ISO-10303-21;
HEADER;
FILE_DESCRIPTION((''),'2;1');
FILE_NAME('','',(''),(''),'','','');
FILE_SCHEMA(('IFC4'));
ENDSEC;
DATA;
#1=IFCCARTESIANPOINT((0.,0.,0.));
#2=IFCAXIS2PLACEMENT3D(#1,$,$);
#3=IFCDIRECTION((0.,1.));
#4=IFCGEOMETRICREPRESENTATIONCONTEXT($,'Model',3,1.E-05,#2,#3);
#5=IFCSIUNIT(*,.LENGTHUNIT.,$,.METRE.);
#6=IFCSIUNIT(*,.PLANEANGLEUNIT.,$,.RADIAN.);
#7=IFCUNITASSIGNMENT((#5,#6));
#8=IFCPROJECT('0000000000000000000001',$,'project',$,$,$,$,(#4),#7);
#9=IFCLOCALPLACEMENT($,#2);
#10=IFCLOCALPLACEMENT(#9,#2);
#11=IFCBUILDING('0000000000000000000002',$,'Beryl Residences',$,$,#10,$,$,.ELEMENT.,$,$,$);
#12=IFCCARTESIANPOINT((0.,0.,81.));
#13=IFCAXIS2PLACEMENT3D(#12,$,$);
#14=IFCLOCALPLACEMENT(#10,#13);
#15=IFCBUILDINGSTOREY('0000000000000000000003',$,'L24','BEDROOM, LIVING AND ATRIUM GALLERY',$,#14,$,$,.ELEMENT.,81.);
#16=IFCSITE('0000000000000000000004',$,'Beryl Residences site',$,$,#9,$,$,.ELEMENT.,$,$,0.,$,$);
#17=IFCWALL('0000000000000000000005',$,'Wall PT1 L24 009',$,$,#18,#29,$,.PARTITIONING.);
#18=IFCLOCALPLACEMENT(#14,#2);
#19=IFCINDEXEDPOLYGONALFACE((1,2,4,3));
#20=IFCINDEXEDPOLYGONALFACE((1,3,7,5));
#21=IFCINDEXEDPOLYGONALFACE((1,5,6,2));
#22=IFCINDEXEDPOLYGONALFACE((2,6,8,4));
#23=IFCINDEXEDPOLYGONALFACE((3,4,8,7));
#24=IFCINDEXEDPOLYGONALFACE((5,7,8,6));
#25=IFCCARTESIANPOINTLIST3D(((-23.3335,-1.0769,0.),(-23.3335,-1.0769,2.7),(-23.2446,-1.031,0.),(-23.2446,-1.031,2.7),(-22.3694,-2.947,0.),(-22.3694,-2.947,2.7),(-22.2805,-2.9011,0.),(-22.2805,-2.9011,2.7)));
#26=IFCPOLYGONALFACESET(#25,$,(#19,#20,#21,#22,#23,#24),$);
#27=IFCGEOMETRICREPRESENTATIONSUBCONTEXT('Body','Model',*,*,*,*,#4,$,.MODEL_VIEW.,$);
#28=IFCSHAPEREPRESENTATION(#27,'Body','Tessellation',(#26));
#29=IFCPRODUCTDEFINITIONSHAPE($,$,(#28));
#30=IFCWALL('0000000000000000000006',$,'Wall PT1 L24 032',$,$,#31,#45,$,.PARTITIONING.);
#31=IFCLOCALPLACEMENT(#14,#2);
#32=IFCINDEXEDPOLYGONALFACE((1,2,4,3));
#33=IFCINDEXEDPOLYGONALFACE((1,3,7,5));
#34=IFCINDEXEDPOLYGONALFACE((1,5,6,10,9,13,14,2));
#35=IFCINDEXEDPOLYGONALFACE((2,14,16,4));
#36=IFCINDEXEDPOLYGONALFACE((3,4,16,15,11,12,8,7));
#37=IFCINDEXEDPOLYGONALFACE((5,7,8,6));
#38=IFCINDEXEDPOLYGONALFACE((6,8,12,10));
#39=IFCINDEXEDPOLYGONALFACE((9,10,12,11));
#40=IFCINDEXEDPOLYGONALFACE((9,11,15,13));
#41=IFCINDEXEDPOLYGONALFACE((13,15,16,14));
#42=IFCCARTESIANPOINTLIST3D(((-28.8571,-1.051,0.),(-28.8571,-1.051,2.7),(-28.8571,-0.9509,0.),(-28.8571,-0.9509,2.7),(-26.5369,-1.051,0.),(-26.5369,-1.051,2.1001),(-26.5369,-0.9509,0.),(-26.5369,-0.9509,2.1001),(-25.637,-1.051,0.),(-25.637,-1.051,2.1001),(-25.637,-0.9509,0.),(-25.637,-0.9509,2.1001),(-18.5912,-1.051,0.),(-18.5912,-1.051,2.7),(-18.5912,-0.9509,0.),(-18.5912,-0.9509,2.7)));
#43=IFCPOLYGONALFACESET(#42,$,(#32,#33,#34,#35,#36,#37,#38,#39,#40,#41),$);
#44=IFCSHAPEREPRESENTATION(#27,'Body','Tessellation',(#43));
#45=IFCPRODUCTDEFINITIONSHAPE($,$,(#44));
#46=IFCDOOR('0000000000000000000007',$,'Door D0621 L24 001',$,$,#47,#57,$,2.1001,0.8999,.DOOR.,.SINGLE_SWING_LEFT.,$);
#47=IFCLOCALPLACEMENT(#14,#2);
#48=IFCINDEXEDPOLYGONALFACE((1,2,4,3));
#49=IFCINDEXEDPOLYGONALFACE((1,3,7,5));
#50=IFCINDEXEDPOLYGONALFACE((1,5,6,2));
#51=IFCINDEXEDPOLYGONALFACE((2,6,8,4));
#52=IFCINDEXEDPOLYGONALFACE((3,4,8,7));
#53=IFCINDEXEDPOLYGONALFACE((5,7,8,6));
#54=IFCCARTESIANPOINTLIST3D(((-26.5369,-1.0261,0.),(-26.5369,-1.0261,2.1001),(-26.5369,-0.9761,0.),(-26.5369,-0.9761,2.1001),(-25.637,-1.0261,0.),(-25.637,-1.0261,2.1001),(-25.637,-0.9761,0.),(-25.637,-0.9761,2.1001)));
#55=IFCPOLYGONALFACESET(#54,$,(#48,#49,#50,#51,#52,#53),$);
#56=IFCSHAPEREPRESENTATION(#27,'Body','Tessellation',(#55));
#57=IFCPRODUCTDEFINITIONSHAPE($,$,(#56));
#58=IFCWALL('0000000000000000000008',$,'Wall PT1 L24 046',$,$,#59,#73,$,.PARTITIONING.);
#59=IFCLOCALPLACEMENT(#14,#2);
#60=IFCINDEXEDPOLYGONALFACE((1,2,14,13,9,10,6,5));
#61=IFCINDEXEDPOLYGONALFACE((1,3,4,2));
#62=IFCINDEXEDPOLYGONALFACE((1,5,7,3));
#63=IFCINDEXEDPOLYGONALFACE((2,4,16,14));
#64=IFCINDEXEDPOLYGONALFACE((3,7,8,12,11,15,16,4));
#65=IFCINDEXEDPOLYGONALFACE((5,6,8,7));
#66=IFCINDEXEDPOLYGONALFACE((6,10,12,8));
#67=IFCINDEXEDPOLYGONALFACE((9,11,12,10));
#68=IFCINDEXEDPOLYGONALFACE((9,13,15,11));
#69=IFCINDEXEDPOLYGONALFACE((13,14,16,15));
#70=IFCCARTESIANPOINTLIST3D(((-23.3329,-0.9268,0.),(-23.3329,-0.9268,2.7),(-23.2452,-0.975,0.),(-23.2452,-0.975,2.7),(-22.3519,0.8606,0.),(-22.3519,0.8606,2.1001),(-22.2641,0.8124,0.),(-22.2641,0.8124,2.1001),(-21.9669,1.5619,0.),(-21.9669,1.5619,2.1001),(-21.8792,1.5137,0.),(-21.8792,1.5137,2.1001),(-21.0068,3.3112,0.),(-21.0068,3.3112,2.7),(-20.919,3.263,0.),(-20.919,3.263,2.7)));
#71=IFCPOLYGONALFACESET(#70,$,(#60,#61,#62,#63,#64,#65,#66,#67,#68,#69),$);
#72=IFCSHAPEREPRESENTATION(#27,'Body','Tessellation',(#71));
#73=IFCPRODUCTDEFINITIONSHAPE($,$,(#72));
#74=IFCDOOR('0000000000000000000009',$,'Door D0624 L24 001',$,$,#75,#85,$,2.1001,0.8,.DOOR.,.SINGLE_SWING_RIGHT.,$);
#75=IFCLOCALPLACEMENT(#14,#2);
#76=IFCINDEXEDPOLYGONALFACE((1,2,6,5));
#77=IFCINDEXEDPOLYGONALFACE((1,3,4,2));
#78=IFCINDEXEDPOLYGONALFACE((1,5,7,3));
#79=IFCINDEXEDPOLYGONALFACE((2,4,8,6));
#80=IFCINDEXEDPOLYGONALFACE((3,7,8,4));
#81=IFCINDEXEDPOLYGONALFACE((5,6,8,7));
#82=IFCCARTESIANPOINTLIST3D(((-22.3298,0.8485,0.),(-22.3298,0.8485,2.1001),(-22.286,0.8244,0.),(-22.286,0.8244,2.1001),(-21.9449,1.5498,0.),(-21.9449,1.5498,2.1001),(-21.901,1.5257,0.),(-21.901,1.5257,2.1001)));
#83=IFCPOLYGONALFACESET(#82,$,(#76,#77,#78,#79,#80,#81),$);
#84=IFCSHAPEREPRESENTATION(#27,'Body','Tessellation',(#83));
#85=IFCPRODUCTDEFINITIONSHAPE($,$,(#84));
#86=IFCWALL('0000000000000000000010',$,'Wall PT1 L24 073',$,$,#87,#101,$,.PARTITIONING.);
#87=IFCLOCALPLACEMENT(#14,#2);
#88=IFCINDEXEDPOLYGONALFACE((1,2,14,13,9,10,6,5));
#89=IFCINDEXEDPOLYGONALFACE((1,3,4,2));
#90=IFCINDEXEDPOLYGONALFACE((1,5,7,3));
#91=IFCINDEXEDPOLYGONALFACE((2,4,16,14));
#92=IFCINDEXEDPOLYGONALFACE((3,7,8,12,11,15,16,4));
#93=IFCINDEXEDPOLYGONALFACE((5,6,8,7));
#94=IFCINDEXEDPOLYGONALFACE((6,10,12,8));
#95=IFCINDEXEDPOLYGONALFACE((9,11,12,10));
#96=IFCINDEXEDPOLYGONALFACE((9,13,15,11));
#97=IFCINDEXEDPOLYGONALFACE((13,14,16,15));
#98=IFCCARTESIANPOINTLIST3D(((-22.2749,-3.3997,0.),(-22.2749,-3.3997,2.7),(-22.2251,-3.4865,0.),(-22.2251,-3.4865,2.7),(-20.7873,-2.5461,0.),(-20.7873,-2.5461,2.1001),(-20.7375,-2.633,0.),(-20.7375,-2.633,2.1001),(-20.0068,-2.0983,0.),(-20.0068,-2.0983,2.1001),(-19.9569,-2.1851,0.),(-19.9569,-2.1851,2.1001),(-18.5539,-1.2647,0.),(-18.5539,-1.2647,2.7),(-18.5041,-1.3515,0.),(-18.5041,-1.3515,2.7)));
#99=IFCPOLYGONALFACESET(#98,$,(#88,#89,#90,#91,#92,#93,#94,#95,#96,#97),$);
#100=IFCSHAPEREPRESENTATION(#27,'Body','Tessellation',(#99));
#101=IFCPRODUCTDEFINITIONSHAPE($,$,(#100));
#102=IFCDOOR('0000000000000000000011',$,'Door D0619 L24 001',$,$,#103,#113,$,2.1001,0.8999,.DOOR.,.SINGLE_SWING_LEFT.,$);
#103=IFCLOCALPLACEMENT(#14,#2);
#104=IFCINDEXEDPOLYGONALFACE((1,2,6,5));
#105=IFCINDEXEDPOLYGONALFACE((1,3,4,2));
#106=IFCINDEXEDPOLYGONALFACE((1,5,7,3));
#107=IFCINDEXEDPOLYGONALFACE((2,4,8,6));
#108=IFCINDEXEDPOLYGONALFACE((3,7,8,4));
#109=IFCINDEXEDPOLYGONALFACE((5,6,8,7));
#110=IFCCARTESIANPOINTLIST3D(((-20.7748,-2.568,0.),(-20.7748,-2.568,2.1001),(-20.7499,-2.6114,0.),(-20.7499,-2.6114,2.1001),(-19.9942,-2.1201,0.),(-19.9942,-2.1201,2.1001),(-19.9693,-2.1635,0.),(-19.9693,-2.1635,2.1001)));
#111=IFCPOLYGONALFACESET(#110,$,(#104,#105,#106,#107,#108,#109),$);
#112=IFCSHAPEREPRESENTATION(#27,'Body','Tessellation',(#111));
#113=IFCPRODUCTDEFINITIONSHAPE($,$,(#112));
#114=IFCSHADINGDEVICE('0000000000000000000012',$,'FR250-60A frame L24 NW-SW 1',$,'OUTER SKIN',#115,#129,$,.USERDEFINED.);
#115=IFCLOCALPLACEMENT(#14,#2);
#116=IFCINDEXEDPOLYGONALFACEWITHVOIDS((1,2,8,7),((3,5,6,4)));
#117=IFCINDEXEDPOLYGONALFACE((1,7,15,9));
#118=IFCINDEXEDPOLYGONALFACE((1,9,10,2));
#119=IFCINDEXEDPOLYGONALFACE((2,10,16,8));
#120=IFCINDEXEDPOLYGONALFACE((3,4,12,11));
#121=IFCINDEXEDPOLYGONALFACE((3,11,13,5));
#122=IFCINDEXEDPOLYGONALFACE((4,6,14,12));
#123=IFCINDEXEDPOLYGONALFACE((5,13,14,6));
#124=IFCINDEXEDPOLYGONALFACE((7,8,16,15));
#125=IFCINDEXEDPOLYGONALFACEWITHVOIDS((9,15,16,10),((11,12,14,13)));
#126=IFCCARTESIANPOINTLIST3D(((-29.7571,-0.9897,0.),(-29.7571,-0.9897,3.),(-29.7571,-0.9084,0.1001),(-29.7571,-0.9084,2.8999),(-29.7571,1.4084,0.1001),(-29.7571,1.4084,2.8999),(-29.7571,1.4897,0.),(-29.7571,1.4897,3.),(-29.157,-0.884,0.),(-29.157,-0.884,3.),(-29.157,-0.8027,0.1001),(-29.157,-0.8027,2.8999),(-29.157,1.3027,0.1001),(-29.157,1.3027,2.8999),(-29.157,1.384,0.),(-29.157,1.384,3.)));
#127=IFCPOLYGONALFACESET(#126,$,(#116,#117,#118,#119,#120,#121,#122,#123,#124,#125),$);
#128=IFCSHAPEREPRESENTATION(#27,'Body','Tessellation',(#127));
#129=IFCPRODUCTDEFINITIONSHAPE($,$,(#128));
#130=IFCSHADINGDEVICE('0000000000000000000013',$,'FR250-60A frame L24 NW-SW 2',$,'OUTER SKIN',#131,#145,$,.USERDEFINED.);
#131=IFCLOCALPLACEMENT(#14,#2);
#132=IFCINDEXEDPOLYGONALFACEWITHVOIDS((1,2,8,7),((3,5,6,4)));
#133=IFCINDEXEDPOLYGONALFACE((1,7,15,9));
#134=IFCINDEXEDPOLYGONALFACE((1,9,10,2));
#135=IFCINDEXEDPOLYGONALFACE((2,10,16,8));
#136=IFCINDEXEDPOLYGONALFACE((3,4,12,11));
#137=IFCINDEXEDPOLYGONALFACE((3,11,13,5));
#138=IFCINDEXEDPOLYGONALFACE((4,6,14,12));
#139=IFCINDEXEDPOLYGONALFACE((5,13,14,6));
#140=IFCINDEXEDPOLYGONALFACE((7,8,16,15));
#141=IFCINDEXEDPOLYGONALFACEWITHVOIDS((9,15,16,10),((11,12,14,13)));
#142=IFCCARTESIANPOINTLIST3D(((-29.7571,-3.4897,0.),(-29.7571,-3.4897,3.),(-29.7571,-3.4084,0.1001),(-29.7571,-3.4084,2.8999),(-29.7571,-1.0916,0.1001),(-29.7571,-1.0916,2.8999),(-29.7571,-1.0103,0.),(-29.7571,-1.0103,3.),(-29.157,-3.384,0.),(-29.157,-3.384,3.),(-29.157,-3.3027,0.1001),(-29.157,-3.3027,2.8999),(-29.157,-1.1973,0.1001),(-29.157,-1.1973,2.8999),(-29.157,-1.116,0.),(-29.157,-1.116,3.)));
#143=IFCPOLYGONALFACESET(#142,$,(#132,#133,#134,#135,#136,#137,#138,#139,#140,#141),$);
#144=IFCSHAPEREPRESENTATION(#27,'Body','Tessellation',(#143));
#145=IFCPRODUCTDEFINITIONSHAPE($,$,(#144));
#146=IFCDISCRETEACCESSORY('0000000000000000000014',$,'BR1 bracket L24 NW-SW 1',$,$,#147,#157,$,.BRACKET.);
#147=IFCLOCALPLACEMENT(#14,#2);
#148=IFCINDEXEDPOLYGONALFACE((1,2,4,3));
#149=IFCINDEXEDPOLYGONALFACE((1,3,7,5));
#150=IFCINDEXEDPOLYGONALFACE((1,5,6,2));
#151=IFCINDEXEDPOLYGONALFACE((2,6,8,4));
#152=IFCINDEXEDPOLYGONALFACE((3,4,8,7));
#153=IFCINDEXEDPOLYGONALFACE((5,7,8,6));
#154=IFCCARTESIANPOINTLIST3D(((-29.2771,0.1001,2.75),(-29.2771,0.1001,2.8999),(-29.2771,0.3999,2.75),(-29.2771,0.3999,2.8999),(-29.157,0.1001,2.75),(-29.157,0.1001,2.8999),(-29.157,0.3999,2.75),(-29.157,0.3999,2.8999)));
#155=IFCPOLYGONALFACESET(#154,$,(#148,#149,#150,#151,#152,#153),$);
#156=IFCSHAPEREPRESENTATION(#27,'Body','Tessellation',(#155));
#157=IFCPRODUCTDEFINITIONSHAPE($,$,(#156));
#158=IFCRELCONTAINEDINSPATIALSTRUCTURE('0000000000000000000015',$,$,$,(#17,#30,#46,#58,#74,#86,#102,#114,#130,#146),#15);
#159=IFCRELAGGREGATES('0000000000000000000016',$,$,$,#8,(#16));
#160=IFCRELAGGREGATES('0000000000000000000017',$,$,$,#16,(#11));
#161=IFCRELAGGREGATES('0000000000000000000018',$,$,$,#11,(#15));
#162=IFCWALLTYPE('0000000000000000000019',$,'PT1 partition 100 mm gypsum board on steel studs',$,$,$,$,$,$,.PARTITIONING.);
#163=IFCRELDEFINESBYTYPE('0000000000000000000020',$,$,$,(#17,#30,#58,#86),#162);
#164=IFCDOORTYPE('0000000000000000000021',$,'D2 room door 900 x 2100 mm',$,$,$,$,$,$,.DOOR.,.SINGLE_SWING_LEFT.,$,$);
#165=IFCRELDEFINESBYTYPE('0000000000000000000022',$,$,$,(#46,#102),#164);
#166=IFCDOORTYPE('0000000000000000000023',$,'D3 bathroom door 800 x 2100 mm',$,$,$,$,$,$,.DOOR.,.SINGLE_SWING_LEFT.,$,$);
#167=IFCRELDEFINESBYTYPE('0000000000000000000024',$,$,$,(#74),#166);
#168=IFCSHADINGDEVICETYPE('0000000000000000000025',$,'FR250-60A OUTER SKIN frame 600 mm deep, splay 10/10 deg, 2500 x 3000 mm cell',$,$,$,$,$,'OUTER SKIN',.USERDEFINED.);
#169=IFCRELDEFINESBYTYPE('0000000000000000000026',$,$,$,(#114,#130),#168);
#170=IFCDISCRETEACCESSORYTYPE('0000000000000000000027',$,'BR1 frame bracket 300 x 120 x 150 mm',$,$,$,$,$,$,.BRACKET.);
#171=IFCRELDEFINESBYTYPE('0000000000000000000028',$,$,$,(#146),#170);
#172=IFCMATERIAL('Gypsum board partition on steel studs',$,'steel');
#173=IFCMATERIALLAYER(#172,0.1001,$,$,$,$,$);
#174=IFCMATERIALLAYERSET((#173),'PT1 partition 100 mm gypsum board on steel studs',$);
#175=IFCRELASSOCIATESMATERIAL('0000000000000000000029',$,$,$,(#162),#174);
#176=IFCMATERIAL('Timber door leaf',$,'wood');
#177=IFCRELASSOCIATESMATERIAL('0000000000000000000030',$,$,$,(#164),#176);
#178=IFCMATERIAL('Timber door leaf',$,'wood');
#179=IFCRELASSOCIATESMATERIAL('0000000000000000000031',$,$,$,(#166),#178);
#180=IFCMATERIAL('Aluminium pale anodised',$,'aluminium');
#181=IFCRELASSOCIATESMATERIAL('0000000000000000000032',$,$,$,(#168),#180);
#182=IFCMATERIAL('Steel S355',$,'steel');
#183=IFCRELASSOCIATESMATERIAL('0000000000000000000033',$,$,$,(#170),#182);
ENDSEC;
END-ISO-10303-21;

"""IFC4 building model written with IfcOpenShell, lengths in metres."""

from ifc_helpers import new_model, entity, si_unit, direction, frame, frame_2d, origin, place, context, subcontext, project, spatial, polyline, rectangle, outline, extrude, source, transform, mapped, material, layer, layer_set, type_object, type_shapes, element, fill, save


model = new_model("IFC4")

# Units and contexts
model_context = context("Model", 3, precision=1e-05, world=origin(), true_north=direction((0.0, 1.0)))
body_context = subcontext(model_context, "Body", "Model", "MODEL_VIEW")
ifc_project = project(units=[si_unit("LENGTHUNIT", "METRE"), si_unit("PLANEANGLEUNIT", "RADIAN")], contexts=[model_context])

# Site, building, storey
site_placement = place(None, origin())
site = spatial("IfcSite", under=ifc_project, at=site_placement, Name="Beryl Residences site", CompositionType="ELEMENT", RefElevation=0.0)
building_placement = place(site_placement, origin())
building = spatial("IfcBuilding", under=site, at=building_placement, Name="Beryl Residences", CompositionType="ELEMENT")
storey_placement = place(building_placement, frame((0.0, 0.0, 81.0)))
storey = spatial("IfcBuildingStorey", under=building, at=storey_placement, Name="L24", Description="BEDROOM, LIVING AND ATRIUM GALLERY", CompositionType="ELEMENT", Elevation=81.0)

# Wall
ifc_material_1 = material(Name="Gypsum board partition on steel studs", Category="steel")
ifc_layer_1 = layer(ifc_material_1, 0.1001)
ifc_layer_set_1 = layer_set([ifc_layer_1], Name="PT1 partition 100 mm gypsum board on steel studs")
wall_type_1 = type_object("IfcWallType", Name="PT1 partition 100 mm gypsum board on steel studs", PredefinedType="PARTITIONING", material=ifc_layer_set_1)
wall_1_placement = place(storey_placement, frame((-23.2891, -1.054, 0.0), z_axis=(0.0, 0.0, 1.0), x_axis=(0.458226, -0.888836, 0.0)))
element("IfcWall", 1, at=wall_1_placement, inside=storey, type_object=wall_type_1, Name="Wall PT1 L24 009", PredefinedType="PARTITIONING", context=body_context, shape_type="SweptSolid", body=[
    extrude(rectangle(XDim=2.104, YDim=0.1001, at=frame_2d((1.052, 0.0))), origin(), (0.0, 0.0, 1.0), 2.7),
])

# Walls, openings, doors
wall_2_placement = place(storey_placement, frame((-28.8569, -1.001, 0.0), z_axis=(0.0, 0.0, 1.0), x_axis=(1.0, 0.0, 0.0)))
wall_2 = element("IfcWall", 2, at=wall_2_placement, inside=storey, type_object=wall_type_1, Name="Wall PT1 L24 032", PredefinedType="PARTITIONING", context=body_context, shape_type="SweptSolid", body=[
    extrude(rectangle(XDim=10.2659, YDim=0.1001, at=frame_2d((5.1328, 0.0))), origin(), (0.0, 0.0, 1.0), 2.7),
])
opening_1_placement = place(wall_2_placement, frame((2.3201, 0.0, 0.0)))
opening_1 = element("IfcOpeningElement", 3, at=opening_1_placement, cuts=wall_2, PredefinedType="OPENING", context=body_context, shape_type="SweptSolid", body=[
    extrude(rectangle(XDim=0.8999, YDim=2.1001, at=frame_2d((0.45, 1.05))), frame((0.0, 0.0601, 0.0), z_axis=(0.0, -1.0, 0.0), x_axis=(1.0, 0.0, 0.0)), (0.0, 0.0, 1.0), 0.1201),
])
ifc_material_2 = material(Name="Timber door leaf", Category="wood")
door_type_1 = type_object("IfcDoorType", Name="D2 room door 900 x 2100 mm", OperationType="SINGLE_SWING_LEFT", PredefinedType="DOOR", material=ifc_material_2)
door_1_placement = place(opening_1_placement, origin())
door_1 = element("IfcDoor", 4, at=door_1_placement, inside=storey, type_object=door_type_1, Name="Door D0621 L24 001", OperationType="SINGLE_SWING_LEFT", OverallHeight=2.1001, OverallWidth=0.8999, PredefinedType="DOOR", context=body_context, shape_type="SweptSolid", body=[
    extrude(rectangle(XDim=0.8999, YDim=2.1001, at=frame_2d((0.45, 1.05))), frame((0.0, 0.0249, 0.0), z_axis=(0.0, -1.0, 0.0), x_axis=(1.0, 0.0, 0.0)), (0.0, 0.0, 1.0), 0.05),
])
fill(opening_1, door_1)
wall_3_placement = place(storey_placement, frame((-23.2891, -0.9509, 0.0), z_axis=(0.0, 0.0, 1.0), x_axis=(0.481164, 0.87663, 0.0)))
wall_3 = element("IfcWall", 5, at=wall_3_placement, inside=storey, type_object=wall_type_1, Name="Wall PT1 L24 046", PredefinedType="PARTITIONING", context=body_context, shape_type="SweptSolid", body=[
    extrude(rectangle(XDim=4.8345, YDim=0.1001, at=frame_2d((2.4172, 0.0))), origin(), (0.0, 0.0, 1.0), 2.7),
])
opening_2_placement = place(wall_3_placement, frame((2.0391, 0.0, 0.0)))
opening_2 = element("IfcOpeningElement", 6, at=opening_2_placement, cuts=wall_3, PredefinedType="OPENING", context=body_context, shape_type="SweptSolid", body=[
    extrude(rectangle(XDim=0.8, YDim=2.1001, at=frame_2d((0.3999, 1.05))), frame((0.0, 0.0601, 0.0), z_axis=(0.0, -1.0, 0.0), x_axis=(1.0, 0.0, 0.0)), (0.0, 0.0, 1.0), 0.1201),
])
ifc_material_3 = material(Name="Timber door leaf", Category="wood")
door_type_2 = type_object("IfcDoorType", Name="D3 bathroom door 800 x 2100 mm", OperationType="SINGLE_SWING_LEFT", PredefinedType="DOOR", material=ifc_material_3)
door_2_placement = place(opening_2_placement, origin())
door_2 = element("IfcDoor", 7, at=door_2_placement, inside=storey, type_object=door_type_2, Name="Door D0624 L24 001", OperationType="SINGLE_SWING_RIGHT", OverallHeight=2.1001, OverallWidth=0.8, PredefinedType="DOOR", context=body_context, shape_type="SweptSolid", body=[
    extrude(rectangle(XDim=0.8, YDim=2.1001, at=frame_2d((0.3999, 1.05))), frame((0.0, 0.0249, 0.0), z_axis=(0.0, -1.0, 0.0), x_axis=(1.0, 0.0, 0.0)), (0.0, 0.0, 1.0), 0.05),
])
fill(opening_2, door_2)
wall_4_placement = place(storey_placement, frame((-22.25, -3.4431, 0.0), z_axis=(0.0, 0.0, 1.0), x_axis=(0.867363, 0.497676, 0.0)))
wall_4 = element("IfcWall", 8, at=wall_4_placement, inside=storey, type_object=wall_type_1, Name="Wall PT1 L24 073", PredefinedType="PARTITIONING", context=body_context, shape_type="SweptSolid", body=[
    extrude(rectangle(XDim=4.29, YDim=0.1001, at=frame_2d((2.145, 0.0))), origin(), (0.0, 0.0, 1.0), 2.7),
])
opening_3_placement = place(wall_4_placement, frame((1.7151, 0.0, 0.0)))
opening_3 = element("IfcOpeningElement", 9, at=opening_3_placement, cuts=wall_4, PredefinedType="OPENING", context=body_context, shape_type="SweptSolid", body=[
    extrude(rectangle(XDim=0.8999, YDim=2.1001, at=frame_2d((0.45, 1.05))), frame((0.0, 0.0601, 0.0), z_axis=(0.0, -1.0, 0.0), x_axis=(1.0, 0.0, 0.0)), (0.0, 0.0, 1.0), 0.1201),
])
door_3_placement = place(opening_3_placement, origin())
door_3 = element("IfcDoor", 10, at=door_3_placement, inside=storey, type_object=door_type_1, Name="Door D0619 L24 001", OperationType="SINGLE_SWING_LEFT", OverallHeight=2.1001, OverallWidth=0.8999, PredefinedType="DOOR", context=body_context, shape_type="SweptSolid", body=[
    extrude(rectangle(XDim=0.8999, YDim=2.1001, at=frame_2d((0.45, 1.05))), frame((0.0, 0.0249, 0.0), z_axis=(0.0, -1.0, 0.0), x_axis=(1.0, 0.0, 0.0)), (0.0, 0.0, 1.0), 0.05),
])
fill(opening_3, door_3)

# Shading devices
ifc_material_4 = material(Name="Aluminium pale anodised", Category="aluminium")
shading_device_type = type_object("IfcShadingDeviceType", Name="FR250-60A OUTER SKIN frame 600 mm deep, splay 10/10 deg, 2500 x 3000 mm cell", ElementType="OUTER SKIN", PredefinedType="USERDEFINED", material=ifc_material_4)
cartesian_point_1 = entity("IfcCartesianPoint", [-1.134, 0.0])
cartesian_point_2 = entity("IfcCartesianPoint", [-1.0527, 0.1001])
cartesian_point_3 = entity("IfcCartesianPoint", [-1.2397, 0.0])
cartesian_point_4 = entity("IfcCartesianPoint", [-1.1584, 0.1001])
shared_shape_1 = source(origin(), body_context, "Body", "SweptSolid", [
    entity("IfcExtrudedAreaSolidTapered", entity("IfcArbitraryProfileDefWithVoids", "AREA", None, entity("IfcPolyline", [cartesian_point_1, entity("IfcCartesianPoint", [1.134, 0.0]), entity("IfcCartesianPoint", [1.134, 3.0]), entity("IfcCartesianPoint", [-1.134, 3.0]), cartesian_point_1]), [entity("IfcPolyline", [cartesian_point_2, entity("IfcCartesianPoint", [1.0527, 0.1001]), entity("IfcCartesianPoint", [1.0527, 2.8999]), entity("IfcCartesianPoint", [-1.0527, 2.8999]), cartesian_point_2])]), entity("IfcAxis2Placement3D", entity("IfcCartesianPoint", [0.0, 0.0, 0.0]), entity("IfcDirection", [0.0, 1.0, 0.0]), entity("IfcDirection", [-1.0, 0.0, 0.0])), entity("IfcDirection", [0.0, 0.0, 1.0]), 0.6001, entity("IfcArbitraryProfileDefWithVoids", "AREA", None, entity("IfcPolyline", [cartesian_point_3, entity("IfcCartesianPoint", [1.2397, 0.0]), entity("IfcCartesianPoint", [1.2397, 3.0]), entity("IfcCartesianPoint", [-1.2397, 3.0]), cartesian_point_3]), [entity("IfcPolyline", [cartesian_point_4, entity("IfcCartesianPoint", [1.1584, 0.1001]), entity("IfcCartesianPoint", [1.1584, 2.8999]), entity("IfcCartesianPoint", [-1.1584, 2.8999]), cartesian_point_4])])),
])
type_shapes(shading_device_type, [shared_shape_1])
for number, where, z_axis, x_axis, name in (
    (11, (-29.157, 0.25, 0.0), (0.0, 0.0, 1.0), (0.0, 1.0, 0.0), "FR250-60A frame L24 NW-SW 1"),
    (12, (-29.157, -2.25, 0.0), (0.0, 0.0, 1.0), (0.0, 1.0, 0.0), "FR250-60A frame L24 NW-SW 2"),
):
    element("IfcShadingDevice", number, at=place(storey_placement, frame(where, z_axis=z_axis, x_axis=x_axis)), inside=storey, type_object=shading_device_type, Name=name, ObjectType="OUTER SKIN", PredefinedType="USERDEFINED", context=body_context, shape_type="MappedRepresentation", body=[
        mapped(shared_shape_1, transform((0.0, 0.0, 0.0))),
    ])

# Discrete accessory
ifc_material_5 = material(Name="Steel S355", Category="steel")
discrete_accessory_type = type_object("IfcDiscreteAccessoryType", Name="BR1 frame bracket 300 x 120 x 150 mm", PredefinedType="BRACKET", material=ifc_material_5)
shared_shape_2 = source(origin(), body_context, "Body", "SweptSolid", [
    extrude(outline(polyline([(-0.1499, 0.0), (0.1499, 0.0), (0.1499, 0.1201), (-0.1499, 0.1201), (-0.1499, 0.0)])), origin(), (0.0, 0.0, 1.0), 0.1499),
])
type_shapes(discrete_accessory_type, [shared_shape_2])
discrete_accessory_placement = place(storey_placement, frame((-29.157, 0.25, 2.75), z_axis=(0.0, 0.0, 1.0), x_axis=(0.0, 1.0, 0.0)))
element("IfcDiscreteAccessory", 13, at=discrete_accessory_placement, inside=storey, type_object=discrete_accessory_type, Name="BR1 bracket L24 NW-SW 1", PredefinedType="BRACKET", context=body_context, shape_type="MappedRepresentation", body=[
    mapped(shared_shape_2, transform((0.0, 0.0, 0.0))),
])

save(model, "model.ifc")
